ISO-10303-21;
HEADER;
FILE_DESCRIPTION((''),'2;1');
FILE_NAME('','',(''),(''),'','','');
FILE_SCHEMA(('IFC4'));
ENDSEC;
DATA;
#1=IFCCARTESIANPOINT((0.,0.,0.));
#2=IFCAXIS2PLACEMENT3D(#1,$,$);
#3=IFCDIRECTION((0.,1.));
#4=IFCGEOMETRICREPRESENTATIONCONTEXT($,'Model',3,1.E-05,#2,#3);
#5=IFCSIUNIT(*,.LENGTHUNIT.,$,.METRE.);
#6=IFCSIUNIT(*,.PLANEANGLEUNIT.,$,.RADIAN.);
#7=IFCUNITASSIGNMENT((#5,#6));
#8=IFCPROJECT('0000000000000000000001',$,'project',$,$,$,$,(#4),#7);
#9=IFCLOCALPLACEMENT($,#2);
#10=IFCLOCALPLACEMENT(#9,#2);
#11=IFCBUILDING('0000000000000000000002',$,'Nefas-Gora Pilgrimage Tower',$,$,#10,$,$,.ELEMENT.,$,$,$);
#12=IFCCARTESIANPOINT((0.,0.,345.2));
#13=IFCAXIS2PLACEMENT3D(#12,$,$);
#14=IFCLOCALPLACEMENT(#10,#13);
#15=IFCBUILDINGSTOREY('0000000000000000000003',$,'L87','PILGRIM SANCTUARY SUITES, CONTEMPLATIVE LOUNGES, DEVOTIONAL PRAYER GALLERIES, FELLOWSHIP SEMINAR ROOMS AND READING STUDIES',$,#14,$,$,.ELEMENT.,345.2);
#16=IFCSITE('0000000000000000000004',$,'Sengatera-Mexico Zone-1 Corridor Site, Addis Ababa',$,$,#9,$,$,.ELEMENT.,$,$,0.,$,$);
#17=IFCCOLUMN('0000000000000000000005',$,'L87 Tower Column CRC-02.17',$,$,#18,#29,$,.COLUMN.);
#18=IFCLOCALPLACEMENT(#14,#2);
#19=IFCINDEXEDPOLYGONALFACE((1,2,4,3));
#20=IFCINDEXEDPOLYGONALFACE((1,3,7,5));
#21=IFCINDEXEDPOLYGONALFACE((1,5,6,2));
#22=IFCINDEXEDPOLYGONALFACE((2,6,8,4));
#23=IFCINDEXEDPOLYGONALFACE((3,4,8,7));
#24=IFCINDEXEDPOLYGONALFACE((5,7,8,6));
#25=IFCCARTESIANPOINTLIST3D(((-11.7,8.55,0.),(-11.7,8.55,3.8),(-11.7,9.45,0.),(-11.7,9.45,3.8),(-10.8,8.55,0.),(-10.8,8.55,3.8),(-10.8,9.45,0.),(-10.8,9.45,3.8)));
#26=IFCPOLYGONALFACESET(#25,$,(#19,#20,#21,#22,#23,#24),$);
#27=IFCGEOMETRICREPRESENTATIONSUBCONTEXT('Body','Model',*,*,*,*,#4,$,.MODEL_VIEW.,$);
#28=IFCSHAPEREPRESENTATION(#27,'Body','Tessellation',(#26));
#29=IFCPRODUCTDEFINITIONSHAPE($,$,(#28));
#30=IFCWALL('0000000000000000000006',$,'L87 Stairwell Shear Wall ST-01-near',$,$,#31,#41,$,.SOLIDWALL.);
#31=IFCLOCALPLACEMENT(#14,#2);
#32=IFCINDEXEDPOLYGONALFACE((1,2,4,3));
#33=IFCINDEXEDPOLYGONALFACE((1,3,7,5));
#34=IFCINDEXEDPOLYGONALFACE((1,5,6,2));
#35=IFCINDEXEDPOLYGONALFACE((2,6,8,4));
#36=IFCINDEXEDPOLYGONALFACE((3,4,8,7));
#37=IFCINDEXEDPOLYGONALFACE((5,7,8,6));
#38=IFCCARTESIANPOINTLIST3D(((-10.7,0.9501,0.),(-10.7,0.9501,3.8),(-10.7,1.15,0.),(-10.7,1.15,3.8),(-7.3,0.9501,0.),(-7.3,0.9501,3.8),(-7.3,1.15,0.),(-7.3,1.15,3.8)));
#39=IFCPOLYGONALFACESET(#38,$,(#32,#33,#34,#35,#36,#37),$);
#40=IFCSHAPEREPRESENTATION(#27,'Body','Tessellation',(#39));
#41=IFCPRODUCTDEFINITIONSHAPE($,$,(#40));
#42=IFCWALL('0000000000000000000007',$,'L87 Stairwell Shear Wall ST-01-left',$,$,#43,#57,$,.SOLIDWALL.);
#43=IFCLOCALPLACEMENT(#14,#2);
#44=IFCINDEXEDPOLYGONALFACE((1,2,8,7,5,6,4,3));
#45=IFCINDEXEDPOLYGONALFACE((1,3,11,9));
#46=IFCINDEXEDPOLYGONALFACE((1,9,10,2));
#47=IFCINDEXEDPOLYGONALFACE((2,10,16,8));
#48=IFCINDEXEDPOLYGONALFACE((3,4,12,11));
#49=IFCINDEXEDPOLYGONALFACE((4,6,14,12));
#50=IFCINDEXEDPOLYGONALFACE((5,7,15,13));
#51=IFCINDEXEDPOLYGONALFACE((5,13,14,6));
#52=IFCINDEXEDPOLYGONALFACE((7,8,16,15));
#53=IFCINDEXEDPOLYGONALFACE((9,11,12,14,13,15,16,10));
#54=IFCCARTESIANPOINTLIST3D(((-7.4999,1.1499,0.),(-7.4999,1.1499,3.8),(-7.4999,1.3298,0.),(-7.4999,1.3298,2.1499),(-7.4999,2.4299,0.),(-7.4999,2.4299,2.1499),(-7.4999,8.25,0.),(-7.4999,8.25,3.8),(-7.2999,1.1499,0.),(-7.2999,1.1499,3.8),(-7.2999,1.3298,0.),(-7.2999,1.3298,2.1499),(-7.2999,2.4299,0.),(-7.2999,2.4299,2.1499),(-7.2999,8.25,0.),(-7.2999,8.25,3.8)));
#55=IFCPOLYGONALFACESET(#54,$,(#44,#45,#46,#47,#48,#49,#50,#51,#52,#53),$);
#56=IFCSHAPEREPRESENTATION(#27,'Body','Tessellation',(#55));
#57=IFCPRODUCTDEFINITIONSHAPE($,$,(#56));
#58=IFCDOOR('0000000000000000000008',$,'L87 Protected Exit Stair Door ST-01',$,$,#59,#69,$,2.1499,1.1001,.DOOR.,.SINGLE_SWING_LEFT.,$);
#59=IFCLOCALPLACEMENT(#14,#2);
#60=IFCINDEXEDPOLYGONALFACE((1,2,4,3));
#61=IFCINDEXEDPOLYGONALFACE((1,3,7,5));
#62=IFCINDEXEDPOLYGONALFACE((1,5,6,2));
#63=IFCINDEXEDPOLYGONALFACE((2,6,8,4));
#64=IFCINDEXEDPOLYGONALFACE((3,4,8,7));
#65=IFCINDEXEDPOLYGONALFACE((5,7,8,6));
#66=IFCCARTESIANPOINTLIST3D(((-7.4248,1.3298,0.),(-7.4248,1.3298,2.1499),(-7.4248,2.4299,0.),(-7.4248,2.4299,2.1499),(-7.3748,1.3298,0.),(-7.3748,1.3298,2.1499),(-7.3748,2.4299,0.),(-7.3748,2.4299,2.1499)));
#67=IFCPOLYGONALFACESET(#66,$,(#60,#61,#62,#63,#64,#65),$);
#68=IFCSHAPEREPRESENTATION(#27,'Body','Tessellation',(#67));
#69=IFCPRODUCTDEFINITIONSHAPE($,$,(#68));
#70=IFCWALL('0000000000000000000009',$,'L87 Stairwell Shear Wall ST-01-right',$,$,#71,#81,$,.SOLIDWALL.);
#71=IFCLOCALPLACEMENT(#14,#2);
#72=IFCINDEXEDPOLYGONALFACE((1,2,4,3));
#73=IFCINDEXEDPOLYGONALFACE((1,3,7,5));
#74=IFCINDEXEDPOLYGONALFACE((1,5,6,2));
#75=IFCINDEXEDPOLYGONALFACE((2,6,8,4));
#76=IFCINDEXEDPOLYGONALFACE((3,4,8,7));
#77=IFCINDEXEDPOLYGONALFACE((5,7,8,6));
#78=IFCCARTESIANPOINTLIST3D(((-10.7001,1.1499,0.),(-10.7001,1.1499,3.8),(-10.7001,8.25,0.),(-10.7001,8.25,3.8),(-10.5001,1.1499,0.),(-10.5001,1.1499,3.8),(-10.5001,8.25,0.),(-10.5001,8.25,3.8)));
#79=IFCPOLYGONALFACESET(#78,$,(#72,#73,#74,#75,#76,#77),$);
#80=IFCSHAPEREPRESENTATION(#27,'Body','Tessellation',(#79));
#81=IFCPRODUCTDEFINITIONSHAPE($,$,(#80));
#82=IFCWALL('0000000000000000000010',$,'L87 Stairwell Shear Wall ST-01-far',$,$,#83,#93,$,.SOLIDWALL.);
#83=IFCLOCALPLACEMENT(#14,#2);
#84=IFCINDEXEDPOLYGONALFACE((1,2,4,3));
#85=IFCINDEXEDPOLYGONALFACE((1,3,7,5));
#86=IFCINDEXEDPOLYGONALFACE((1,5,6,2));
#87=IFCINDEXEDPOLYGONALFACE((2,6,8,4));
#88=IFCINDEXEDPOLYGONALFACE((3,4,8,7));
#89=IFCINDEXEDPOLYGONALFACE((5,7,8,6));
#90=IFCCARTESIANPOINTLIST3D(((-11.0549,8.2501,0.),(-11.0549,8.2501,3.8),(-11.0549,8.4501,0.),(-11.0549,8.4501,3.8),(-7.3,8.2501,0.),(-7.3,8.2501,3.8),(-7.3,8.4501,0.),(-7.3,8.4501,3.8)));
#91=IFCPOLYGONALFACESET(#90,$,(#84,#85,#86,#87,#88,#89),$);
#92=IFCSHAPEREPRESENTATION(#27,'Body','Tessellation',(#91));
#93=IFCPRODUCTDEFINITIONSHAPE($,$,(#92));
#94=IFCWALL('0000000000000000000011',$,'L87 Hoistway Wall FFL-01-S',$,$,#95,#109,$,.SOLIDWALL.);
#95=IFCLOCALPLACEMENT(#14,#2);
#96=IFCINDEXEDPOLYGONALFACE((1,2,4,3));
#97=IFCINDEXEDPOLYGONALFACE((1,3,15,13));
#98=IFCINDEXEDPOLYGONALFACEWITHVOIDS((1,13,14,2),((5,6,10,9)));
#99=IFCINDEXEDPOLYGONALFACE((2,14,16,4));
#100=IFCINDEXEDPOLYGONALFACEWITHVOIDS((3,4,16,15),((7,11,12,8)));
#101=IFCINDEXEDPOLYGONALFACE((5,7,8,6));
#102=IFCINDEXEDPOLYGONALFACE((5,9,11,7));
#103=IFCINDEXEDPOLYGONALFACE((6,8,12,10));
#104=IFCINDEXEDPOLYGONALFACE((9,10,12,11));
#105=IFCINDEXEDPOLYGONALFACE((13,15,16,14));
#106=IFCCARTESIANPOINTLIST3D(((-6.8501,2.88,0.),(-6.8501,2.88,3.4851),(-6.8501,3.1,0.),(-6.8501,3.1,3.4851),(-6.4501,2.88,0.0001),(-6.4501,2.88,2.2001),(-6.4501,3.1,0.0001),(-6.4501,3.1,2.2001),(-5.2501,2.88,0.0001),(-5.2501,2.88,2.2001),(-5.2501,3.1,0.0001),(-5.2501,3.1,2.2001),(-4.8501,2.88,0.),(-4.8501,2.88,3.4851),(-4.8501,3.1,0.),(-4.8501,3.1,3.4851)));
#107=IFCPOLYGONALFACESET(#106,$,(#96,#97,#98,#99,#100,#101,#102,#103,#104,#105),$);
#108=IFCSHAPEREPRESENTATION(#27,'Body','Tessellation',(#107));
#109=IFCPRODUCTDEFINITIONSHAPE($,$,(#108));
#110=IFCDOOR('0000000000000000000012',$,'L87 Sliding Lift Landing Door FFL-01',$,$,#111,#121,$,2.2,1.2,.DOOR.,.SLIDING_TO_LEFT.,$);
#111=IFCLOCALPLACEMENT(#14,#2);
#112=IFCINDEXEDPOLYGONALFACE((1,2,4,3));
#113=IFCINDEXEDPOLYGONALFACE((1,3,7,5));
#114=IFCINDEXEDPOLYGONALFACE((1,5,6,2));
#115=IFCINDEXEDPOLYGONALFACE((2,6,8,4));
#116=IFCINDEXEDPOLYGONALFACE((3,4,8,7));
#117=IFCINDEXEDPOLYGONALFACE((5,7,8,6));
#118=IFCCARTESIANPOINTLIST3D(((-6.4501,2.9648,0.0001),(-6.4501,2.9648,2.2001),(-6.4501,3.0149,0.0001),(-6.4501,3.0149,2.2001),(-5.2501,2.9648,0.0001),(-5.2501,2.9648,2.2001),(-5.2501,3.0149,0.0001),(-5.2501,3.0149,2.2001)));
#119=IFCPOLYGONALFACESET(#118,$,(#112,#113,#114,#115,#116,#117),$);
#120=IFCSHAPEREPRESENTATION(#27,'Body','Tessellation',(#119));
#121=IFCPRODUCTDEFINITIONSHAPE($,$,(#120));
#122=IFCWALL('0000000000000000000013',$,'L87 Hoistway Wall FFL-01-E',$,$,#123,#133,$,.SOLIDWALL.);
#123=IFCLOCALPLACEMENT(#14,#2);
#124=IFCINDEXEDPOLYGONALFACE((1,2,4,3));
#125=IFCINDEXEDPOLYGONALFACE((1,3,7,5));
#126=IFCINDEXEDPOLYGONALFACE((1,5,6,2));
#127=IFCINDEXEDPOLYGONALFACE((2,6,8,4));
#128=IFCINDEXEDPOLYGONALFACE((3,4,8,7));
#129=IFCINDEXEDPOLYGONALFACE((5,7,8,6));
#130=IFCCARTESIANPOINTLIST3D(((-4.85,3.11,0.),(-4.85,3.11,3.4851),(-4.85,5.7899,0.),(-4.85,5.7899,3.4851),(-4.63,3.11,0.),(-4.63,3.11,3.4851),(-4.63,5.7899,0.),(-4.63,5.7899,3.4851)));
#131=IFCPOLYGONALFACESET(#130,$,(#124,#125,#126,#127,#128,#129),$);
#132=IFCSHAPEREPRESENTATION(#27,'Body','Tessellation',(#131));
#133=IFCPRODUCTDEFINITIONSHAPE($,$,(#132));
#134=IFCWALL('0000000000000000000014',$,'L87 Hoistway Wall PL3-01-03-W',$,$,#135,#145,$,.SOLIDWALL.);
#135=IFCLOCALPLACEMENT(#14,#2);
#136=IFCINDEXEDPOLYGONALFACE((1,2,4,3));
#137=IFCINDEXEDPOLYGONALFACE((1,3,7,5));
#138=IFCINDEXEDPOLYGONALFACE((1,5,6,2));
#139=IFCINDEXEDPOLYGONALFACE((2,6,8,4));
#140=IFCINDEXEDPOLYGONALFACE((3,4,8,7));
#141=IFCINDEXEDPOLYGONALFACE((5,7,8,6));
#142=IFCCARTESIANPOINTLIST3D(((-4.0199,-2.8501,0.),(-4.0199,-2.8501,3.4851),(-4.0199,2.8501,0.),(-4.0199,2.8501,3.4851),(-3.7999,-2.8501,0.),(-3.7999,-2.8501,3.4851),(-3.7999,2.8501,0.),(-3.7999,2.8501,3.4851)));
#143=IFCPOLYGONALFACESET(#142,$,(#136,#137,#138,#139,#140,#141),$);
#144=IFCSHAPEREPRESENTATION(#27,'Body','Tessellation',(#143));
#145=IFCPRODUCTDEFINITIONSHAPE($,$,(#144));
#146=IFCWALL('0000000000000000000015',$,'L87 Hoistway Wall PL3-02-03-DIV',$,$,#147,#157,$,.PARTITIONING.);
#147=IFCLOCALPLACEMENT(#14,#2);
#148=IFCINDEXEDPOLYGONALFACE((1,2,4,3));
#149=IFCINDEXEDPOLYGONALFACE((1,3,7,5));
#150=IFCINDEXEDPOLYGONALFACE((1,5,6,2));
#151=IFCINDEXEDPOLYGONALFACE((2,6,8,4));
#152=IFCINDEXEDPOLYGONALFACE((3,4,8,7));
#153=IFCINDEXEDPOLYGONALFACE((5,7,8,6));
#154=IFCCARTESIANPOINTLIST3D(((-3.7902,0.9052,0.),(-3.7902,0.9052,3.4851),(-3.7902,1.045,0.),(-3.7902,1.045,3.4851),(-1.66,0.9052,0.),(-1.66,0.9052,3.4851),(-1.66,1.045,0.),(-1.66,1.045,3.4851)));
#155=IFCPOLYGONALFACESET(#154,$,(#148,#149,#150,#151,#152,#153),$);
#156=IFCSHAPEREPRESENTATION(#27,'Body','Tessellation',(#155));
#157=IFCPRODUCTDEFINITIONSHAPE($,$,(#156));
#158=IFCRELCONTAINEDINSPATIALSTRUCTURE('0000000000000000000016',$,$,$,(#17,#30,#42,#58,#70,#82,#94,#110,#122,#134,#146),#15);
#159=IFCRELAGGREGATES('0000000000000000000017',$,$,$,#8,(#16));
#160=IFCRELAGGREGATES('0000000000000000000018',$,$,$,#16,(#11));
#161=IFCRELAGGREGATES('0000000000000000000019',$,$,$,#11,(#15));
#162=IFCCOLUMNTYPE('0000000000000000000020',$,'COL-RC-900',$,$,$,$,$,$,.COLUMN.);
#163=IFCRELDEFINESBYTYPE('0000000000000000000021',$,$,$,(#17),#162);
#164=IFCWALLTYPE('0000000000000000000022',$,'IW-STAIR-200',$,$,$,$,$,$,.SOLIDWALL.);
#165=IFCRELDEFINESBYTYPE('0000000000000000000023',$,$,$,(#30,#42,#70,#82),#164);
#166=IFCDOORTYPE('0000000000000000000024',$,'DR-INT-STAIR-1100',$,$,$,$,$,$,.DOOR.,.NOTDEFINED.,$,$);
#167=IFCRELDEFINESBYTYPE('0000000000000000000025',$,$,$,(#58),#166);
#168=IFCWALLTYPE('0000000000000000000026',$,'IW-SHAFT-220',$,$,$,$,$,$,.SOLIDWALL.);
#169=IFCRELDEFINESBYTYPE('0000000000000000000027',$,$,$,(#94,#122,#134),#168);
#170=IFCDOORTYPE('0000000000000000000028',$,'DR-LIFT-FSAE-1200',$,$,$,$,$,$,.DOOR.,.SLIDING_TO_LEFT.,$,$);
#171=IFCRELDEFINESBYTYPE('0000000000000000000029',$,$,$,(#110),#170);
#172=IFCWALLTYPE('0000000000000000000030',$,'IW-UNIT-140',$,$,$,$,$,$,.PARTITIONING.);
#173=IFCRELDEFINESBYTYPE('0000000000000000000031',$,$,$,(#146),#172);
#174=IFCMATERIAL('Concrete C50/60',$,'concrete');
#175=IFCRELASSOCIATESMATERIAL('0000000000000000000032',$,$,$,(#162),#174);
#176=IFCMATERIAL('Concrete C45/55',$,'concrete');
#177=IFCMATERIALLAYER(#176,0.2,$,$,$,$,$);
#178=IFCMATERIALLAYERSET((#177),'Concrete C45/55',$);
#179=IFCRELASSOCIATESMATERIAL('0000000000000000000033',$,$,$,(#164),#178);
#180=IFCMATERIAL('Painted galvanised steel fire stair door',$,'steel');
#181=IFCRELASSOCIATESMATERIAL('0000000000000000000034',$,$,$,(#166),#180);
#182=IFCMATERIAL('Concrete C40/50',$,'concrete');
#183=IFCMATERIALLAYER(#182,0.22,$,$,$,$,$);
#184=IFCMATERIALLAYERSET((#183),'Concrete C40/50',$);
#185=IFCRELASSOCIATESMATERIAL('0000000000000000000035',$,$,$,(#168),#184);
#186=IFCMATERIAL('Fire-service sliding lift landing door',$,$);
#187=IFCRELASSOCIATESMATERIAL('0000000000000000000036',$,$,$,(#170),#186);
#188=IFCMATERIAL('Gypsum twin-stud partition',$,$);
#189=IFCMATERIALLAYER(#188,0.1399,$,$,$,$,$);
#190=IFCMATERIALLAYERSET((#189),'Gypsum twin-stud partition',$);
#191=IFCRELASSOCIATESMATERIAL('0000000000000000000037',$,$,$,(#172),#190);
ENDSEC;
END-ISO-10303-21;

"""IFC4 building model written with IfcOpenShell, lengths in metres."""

from ifc_helpers import new_model, si_unit, direction, frame, frame_2d, origin, origin_2d, place, context, subcontext, project, spatial, rectangle, extrude, source, transform, mapped, material, layer, layer_set, material_profile, profile_set, type_object, element, fill, save


model = new_model("IFC4")

# Units and contexts
model_context = context("Model", 3, precision=1e-05, world=origin(), true_north=direction((0.0, 1.0)))
body_context = subcontext(model_context, "Body", "Model", "MODEL_VIEW")
ifc_project = project(units=[si_unit("LENGTHUNIT", "METRE"), si_unit("PLANEANGLEUNIT", "RADIAN")], contexts=[model_context])

# Site, building, storey
site_placement = place(None, origin())
site = spatial("IfcSite", under=ifc_project, at=site_placement, Name="Sengatera-Mexico Zone-1 Corridor Site, Addis Ababa", CompositionType="ELEMENT", RefElevation=0.0)
building_placement = place(site_placement, origin())
building = spatial("IfcBuilding", under=site, at=building_placement, Name="Nefas-Gora Pilgrimage Tower", CompositionType="ELEMENT")
storey_placement = place(building_placement, frame((0.0, 0.0, 345.2)))
storey = spatial("IfcBuildingStorey", under=building, at=storey_placement, Name="L87", Description="PILGRIM SANCTUARY SUITES, CONTEMPLATIVE LOUNGES, DEVOTIONAL PRAYER GALLERIES, FELLOWSHIP SEMINAR ROOMS AND READING STUDIES", CompositionType="ELEMENT", Elevation=345.2)

# Column
ifc_material_1 = material(Name="Concrete C50/60", Category="concrete")
ifc_material_profile = material_profile(ifc_material_1, rectangle(XDim=0.8999, YDim=0.8999, at=origin_2d()), Name="RC 900x900")
ifc_profile_set = profile_set([ifc_material_profile], Name="Concrete C50/60")
column_type = type_object("IfcColumnType", Name="COL-RC-900", PredefinedType="COLUMN", material=ifc_profile_set)
shared_shape_1 = source(origin(), body_context, "Body", "SweptSolid", [
    extrude(rectangle(XDim=0.8999, YDim=0.8999, at=origin_2d()), origin(), (0.0, 0.0, 1.0), 3.8),
])
column_placement = place(storey_placement, frame((-11.25, 9.0, 0.0), z_axis=(0.0, 0.0, 1.0), x_axis=(1.0, 0.0, 0.0)))
element("IfcColumn", 1, at=column_placement, inside=storey, type_object=column_type, Name="L87 Tower Column CRC-02.17", PredefinedType="COLUMN", context=body_context, shape_type="MappedRepresentation", body=[
    mapped(shared_shape_1, transform((0.0, 0.0, 0.0), x_axis=(1.0, 0.0, 0.0), y_axis=(0.0, 1.0, 0.0), z_axis=(0.0, 0.0, 1.0), scale=1.0)),
])

# Wall
ifc_material_2 = material(Name="Concrete C45/55", Category="concrete")
ifc_layer_1 = layer(ifc_material_2, 0.2)
ifc_layer_set_1 = layer_set([ifc_layer_1], Name="Concrete C45/55")
wall_type_1 = type_object("IfcWallType", Name="IW-STAIR-200", PredefinedType="SOLIDWALL", material=ifc_layer_set_1)
shared_shape_2 = source(origin(), body_context, "Body", "SweptSolid", [
    extrude(rectangle(XDim=3.3999, YDim=0.2, at=frame_2d((1.7, 0.0))), origin(), (0.0, 0.0, 1.0), 3.8),
])
wall_1_placement = place(storey_placement, frame((-7.3, 1.05, 0.0), z_axis=(0.0, 0.0, 1.0), x_axis=(-1.0, 0.0, 0.0)))
element("IfcWall", 2, at=wall_1_placement, inside=storey, type_object=wall_type_1, Name="L87 Stairwell Shear Wall ST-01-near", PredefinedType="SOLIDWALL", context=body_context, shape_type="MappedRepresentation", body=[
    mapped(shared_shape_2, transform((0.0, 0.0, 0.0), x_axis=(1.0, 0.0, 0.0), y_axis=(0.0, 1.0, 0.0), z_axis=(0.0, 0.0, 1.0), scale=1.0)),
])

# Wall, opening, door
shared_shape_3 = source(origin(), body_context, "Body", "SweptSolid", [
    extrude(rectangle(XDim=7.1001, YDim=0.2, at=frame_2d((3.55, 0.0))), origin(), (0.0, 0.0, 1.0), 3.8),
])
wall_2_placement = place(storey_placement, frame((-7.3999, 1.1499, 0.0), z_axis=(0.0, 0.0, 1.0), x_axis=(0.0, 1.0, 0.0)))
wall_2 = element("IfcWall", 3, at=wall_2_placement, inside=storey, type_object=wall_type_1, Name="L87 Stairwell Shear Wall ST-01-left", PredefinedType="SOLIDWALL", context=body_context, shape_type="MappedRepresentation", body=[
    mapped(shared_shape_3, transform((0.0, 0.0, 0.0), x_axis=(1.0, 0.0, 0.0), y_axis=(0.0, 1.0, 0.0), z_axis=(0.0, 0.0, 1.0), scale=1.0)),
])
opening_1_placement = place(wall_2_placement, frame((0.1799, 0.0, 0.0)))
opening_1 = element("IfcOpeningElement", 4, at=opening_1_placement, cuts=wall_2, PredefinedType="OPENING", context=body_context, shape_type="SweptSolid", body=[
    extrude(rectangle(XDim=1.1001, YDim=2.1499, at=frame_2d((0.55, 1.075))), frame((0.0, 0.1099, 0.0), z_axis=(0.0, -1.0, 0.0), x_axis=(1.0, 0.0, 0.0)), (0.0, 0.0, 1.0), 0.22),
])
ifc_material_3 = material(Name="Painted galvanised steel fire stair door", Category="steel")
door_type_1 = type_object("IfcDoorType", Name="DR-INT-STAIR-1100", OperationType="NOTDEFINED", PredefinedType="DOOR", material=ifc_material_3)
shared_shape_4 = source(origin(), body_context, "Body", "SweptSolid", [
    extrude(rectangle(XDim=1.1001, YDim=2.1499, at=frame_2d((0.55, 1.075))), frame((0.0, 0.0249, 0.0), z_axis=(0.0, -1.0, 0.0), x_axis=(1.0, 0.0, 0.0)), (0.0, 0.0, 1.0), 0.05),
])
door_1_placement = place(opening_1_placement, origin())
door_1 = element("IfcDoor", 5, at=door_1_placement, inside=storey, type_object=door_type_1, Name="L87 Protected Exit Stair Door ST-01", OperationType="SINGLE_SWING_LEFT", OverallHeight=2.1499, OverallWidth=1.1001, PredefinedType="DOOR", context=body_context, shape_type="MappedRepresentation", body=[
    mapped(shared_shape_4, transform((0.0, 0.0, 0.0), x_axis=(1.0, 0.0, 0.0), y_axis=(0.0, 1.0, 0.0), z_axis=(0.0, 0.0, 1.0), scale=1.0)),
])
fill(opening_1, door_1)

# Walls
wall_3_placement = place(storey_placement, frame((-10.6001, 1.1499, 0.0), z_axis=(0.0, 0.0, 1.0), x_axis=(0.0, 1.0, 0.0)))
element("IfcWall", 6, at=wall_3_placement, inside=storey, type_object=wall_type_1, Name="L87 Stairwell Shear Wall ST-01-right", PredefinedType="SOLIDWALL", context=body_context, shape_type="MappedRepresentation", body=[
    mapped(shared_shape_3, transform((0.0, 0.0, 0.0), x_axis=(1.0, 0.0, 0.0), y_axis=(0.0, 1.0, 0.0), z_axis=(0.0, 0.0, 1.0), scale=1.0)),
])
shared_shape_5 = source(origin(), body_context, "Body", "SweptSolid", [
    extrude(rectangle(XDim=3.7549, YDim=0.2, at=frame_2d((1.8774, 0.0))), origin(), (0.0, 0.0, 1.0), 3.8),
])
wall_4_placement = place(storey_placement, frame((-7.3, 8.3501, 0.0), z_axis=(0.0, 0.0, 1.0), x_axis=(-1.0, 0.0, 0.0)))
element("IfcWall", 7, at=wall_4_placement, inside=storey, type_object=wall_type_1, Name="L87 Stairwell Shear Wall ST-01-far", PredefinedType="SOLIDWALL", context=body_context, shape_type="MappedRepresentation", body=[
    mapped(shared_shape_5, transform((0.0, 0.0, 0.0), x_axis=(1.0, 0.0, 0.0), y_axis=(0.0, 1.0, 0.0), z_axis=(0.0, 0.0, 1.0), scale=1.0)),
])

# Wall, opening, door
ifc_material_4 = material(Name="Concrete C40/50", Category="concrete")
ifc_layer_2 = layer(ifc_material_4, 0.22)
ifc_layer_set_2 = layer_set([ifc_layer_2], Name="Concrete C40/50")
wall_type_2 = type_object("IfcWallType", Name="IW-SHAFT-220", PredefinedType="SOLIDWALL", material=ifc_layer_set_2)
shared_shape_6 = source(origin(), body_context, "Body", "SweptSolid", [
    extrude(rectangle(XDim=2.0, YDim=0.22, at=frame_2d((1.0, 0.0))), origin(), (0.0, 0.0, 1.0), 3.4851),
])
wall_5_placement = place(storey_placement, frame((-6.8501, 2.99, 0.0), z_axis=(0.0, 0.0, 1.0), x_axis=(1.0, 0.0, 0.0)))
wall_5 = element("IfcWall", 8, at=wall_5_placement, inside=storey, type_object=wall_type_2, Name="L87 Hoistway Wall FFL-01-S", PredefinedType="SOLIDWALL", context=body_context, shape_type="MappedRepresentation", body=[
    mapped(shared_shape_6, transform((0.0, 0.0, 0.0), x_axis=(1.0, 0.0, 0.0), y_axis=(0.0, 1.0, 0.0), z_axis=(0.0, 0.0, 1.0), scale=1.0)),
])
opening_2_placement = place(wall_5_placement, frame((0.3999, 0.0, 0.0)))
opening_2 = element("IfcOpeningElement", 9, at=opening_2_placement, cuts=wall_5, PredefinedType="OPENING", context=body_context, shape_type="SweptSolid", body=[
    extrude(rectangle(XDim=1.2, YDim=2.2, at=frame_2d((0.6001, 1.1001))), frame((0.0, 0.1199, 0.0), z_axis=(0.0, -1.0, 0.0), x_axis=(1.0, 0.0, 0.0)), (0.0, 0.0, 1.0), 0.24),
])
ifc_material_5 = material(Name="Fire-service sliding lift landing door")
door_type_2 = type_object("IfcDoorType", Name="DR-LIFT-FSAE-1200", OperationType="SLIDING_TO_LEFT", PredefinedType="DOOR", material=ifc_material_5)
shared_shape_7 = source(origin(), body_context, "Body", "SweptSolid", [
    extrude(rectangle(XDim=1.2, YDim=2.2, at=frame_2d((0.6001, 1.1001))), frame((0.0, 0.0249, 0.0), z_axis=(0.0, -1.0, 0.0), x_axis=(1.0, 0.0, 0.0)), (0.0, 0.0, 1.0), 0.05),
])
door_2_placement = place(opening_2_placement, origin())
door_2 = element("IfcDoor", 10, at=door_2_placement, inside=storey, type_object=door_type_2, Name="L87 Sliding Lift Landing Door FFL-01", OperationType="SLIDING_TO_LEFT", OverallHeight=2.2, OverallWidth=1.2, PredefinedType="DOOR", context=body_context, shape_type="MappedRepresentation", body=[
    mapped(shared_shape_7, transform((0.0, 0.0, 0.0), x_axis=(1.0, 0.0, 0.0), y_axis=(0.0, 1.0, 0.0), z_axis=(0.0, 0.0, 1.0), scale=1.0)),
])
fill(opening_2, door_2)

# Walls
shared_shape_8 = source(origin(), body_context, "Body", "SweptSolid", [
    extrude(rectangle(XDim=2.6799, YDim=0.22, at=frame_2d((1.3398, 0.0))), origin(), (0.0, 0.0, 1.0), 3.4851),
])
wall_6_placement = place(storey_placement, frame((-4.74, 3.1101, 0.0), z_axis=(0.0, 0.0, 1.0), x_axis=(0.0, 1.0, 0.0)))
element("IfcWall", 11, at=wall_6_placement, inside=storey, type_object=wall_type_2, Name="L87 Hoistway Wall FFL-01-E", PredefinedType="SOLIDWALL", context=body_context, shape_type="MappedRepresentation", body=[
    mapped(shared_shape_8, transform((0.0, 0.0, 0.0), x_axis=(1.0, 0.0, 0.0), y_axis=(0.0, 1.0, 0.0), z_axis=(0.0, 0.0, 1.0), scale=1.0)),
])
shared_shape_9 = source(origin(), body_context, "Body", "SweptSolid", [
    extrude(rectangle(XDim=5.7002, YDim=0.22, at=frame_2d((2.8501, 0.0))), origin(), (0.0, 0.0, 1.0), 3.4851),
])
wall_7_placement = place(storey_placement, frame((-3.9099, 2.8501, 0.0), z_axis=(0.0, 0.0, 1.0), x_axis=(0.0, -1.0, 0.0)))
element("IfcWall", 12, at=wall_7_placement, inside=storey, type_object=wall_type_2, Name="L87 Hoistway Wall PL3-01-03-W", PredefinedType="SOLIDWALL", context=body_context, shape_type="MappedRepresentation", body=[
    mapped(shared_shape_9, transform((0.0, 0.0, 0.0), x_axis=(1.0, 0.0, 0.0), y_axis=(0.0, 1.0, 0.0), z_axis=(0.0, 0.0, 1.0), scale=1.0)),
])
ifc_material_6 = material(Name="Gypsum twin-stud partition")
ifc_layer_3 = layer(ifc_material_6, 0.1399)
ifc_layer_set_3 = layer_set([ifc_layer_3], Name="Gypsum twin-stud partition")
wall_type_3 = type_object("IfcWallType", Name="IW-UNIT-140", PredefinedType="PARTITIONING", material=ifc_layer_set_3)
shared_shape_10 = source(origin(), body_context, "Body", "SweptSolid", [
    extrude(rectangle(XDim=2.1301, YDim=0.1399, at=frame_2d((1.0649, 0.0))), origin(), (0.0, 0.0, 1.0), 3.4851),
])
wall_8_placement = place(storey_placement, frame((-3.79, 0.9751, 0.0), z_axis=(0.0, 0.0, 1.0), x_axis=(1.0, 0.0, 0.0)))
element("IfcWall", 13, at=wall_8_placement, inside=storey, type_object=wall_type_3, Name="L87 Hoistway Wall PL3-02-03-DIV", PredefinedType="PARTITIONING", context=body_context, shape_type="MappedRepresentation", body=[
    mapped(shared_shape_10, transform((0.0, 0.0, 0.0), x_axis=(1.0, 0.0, 0.0), y_axis=(0.0, 1.0, 0.0), z_axis=(0.0, 0.0, 1.0), scale=1.0)),
])

save(model, "model.ifc")
